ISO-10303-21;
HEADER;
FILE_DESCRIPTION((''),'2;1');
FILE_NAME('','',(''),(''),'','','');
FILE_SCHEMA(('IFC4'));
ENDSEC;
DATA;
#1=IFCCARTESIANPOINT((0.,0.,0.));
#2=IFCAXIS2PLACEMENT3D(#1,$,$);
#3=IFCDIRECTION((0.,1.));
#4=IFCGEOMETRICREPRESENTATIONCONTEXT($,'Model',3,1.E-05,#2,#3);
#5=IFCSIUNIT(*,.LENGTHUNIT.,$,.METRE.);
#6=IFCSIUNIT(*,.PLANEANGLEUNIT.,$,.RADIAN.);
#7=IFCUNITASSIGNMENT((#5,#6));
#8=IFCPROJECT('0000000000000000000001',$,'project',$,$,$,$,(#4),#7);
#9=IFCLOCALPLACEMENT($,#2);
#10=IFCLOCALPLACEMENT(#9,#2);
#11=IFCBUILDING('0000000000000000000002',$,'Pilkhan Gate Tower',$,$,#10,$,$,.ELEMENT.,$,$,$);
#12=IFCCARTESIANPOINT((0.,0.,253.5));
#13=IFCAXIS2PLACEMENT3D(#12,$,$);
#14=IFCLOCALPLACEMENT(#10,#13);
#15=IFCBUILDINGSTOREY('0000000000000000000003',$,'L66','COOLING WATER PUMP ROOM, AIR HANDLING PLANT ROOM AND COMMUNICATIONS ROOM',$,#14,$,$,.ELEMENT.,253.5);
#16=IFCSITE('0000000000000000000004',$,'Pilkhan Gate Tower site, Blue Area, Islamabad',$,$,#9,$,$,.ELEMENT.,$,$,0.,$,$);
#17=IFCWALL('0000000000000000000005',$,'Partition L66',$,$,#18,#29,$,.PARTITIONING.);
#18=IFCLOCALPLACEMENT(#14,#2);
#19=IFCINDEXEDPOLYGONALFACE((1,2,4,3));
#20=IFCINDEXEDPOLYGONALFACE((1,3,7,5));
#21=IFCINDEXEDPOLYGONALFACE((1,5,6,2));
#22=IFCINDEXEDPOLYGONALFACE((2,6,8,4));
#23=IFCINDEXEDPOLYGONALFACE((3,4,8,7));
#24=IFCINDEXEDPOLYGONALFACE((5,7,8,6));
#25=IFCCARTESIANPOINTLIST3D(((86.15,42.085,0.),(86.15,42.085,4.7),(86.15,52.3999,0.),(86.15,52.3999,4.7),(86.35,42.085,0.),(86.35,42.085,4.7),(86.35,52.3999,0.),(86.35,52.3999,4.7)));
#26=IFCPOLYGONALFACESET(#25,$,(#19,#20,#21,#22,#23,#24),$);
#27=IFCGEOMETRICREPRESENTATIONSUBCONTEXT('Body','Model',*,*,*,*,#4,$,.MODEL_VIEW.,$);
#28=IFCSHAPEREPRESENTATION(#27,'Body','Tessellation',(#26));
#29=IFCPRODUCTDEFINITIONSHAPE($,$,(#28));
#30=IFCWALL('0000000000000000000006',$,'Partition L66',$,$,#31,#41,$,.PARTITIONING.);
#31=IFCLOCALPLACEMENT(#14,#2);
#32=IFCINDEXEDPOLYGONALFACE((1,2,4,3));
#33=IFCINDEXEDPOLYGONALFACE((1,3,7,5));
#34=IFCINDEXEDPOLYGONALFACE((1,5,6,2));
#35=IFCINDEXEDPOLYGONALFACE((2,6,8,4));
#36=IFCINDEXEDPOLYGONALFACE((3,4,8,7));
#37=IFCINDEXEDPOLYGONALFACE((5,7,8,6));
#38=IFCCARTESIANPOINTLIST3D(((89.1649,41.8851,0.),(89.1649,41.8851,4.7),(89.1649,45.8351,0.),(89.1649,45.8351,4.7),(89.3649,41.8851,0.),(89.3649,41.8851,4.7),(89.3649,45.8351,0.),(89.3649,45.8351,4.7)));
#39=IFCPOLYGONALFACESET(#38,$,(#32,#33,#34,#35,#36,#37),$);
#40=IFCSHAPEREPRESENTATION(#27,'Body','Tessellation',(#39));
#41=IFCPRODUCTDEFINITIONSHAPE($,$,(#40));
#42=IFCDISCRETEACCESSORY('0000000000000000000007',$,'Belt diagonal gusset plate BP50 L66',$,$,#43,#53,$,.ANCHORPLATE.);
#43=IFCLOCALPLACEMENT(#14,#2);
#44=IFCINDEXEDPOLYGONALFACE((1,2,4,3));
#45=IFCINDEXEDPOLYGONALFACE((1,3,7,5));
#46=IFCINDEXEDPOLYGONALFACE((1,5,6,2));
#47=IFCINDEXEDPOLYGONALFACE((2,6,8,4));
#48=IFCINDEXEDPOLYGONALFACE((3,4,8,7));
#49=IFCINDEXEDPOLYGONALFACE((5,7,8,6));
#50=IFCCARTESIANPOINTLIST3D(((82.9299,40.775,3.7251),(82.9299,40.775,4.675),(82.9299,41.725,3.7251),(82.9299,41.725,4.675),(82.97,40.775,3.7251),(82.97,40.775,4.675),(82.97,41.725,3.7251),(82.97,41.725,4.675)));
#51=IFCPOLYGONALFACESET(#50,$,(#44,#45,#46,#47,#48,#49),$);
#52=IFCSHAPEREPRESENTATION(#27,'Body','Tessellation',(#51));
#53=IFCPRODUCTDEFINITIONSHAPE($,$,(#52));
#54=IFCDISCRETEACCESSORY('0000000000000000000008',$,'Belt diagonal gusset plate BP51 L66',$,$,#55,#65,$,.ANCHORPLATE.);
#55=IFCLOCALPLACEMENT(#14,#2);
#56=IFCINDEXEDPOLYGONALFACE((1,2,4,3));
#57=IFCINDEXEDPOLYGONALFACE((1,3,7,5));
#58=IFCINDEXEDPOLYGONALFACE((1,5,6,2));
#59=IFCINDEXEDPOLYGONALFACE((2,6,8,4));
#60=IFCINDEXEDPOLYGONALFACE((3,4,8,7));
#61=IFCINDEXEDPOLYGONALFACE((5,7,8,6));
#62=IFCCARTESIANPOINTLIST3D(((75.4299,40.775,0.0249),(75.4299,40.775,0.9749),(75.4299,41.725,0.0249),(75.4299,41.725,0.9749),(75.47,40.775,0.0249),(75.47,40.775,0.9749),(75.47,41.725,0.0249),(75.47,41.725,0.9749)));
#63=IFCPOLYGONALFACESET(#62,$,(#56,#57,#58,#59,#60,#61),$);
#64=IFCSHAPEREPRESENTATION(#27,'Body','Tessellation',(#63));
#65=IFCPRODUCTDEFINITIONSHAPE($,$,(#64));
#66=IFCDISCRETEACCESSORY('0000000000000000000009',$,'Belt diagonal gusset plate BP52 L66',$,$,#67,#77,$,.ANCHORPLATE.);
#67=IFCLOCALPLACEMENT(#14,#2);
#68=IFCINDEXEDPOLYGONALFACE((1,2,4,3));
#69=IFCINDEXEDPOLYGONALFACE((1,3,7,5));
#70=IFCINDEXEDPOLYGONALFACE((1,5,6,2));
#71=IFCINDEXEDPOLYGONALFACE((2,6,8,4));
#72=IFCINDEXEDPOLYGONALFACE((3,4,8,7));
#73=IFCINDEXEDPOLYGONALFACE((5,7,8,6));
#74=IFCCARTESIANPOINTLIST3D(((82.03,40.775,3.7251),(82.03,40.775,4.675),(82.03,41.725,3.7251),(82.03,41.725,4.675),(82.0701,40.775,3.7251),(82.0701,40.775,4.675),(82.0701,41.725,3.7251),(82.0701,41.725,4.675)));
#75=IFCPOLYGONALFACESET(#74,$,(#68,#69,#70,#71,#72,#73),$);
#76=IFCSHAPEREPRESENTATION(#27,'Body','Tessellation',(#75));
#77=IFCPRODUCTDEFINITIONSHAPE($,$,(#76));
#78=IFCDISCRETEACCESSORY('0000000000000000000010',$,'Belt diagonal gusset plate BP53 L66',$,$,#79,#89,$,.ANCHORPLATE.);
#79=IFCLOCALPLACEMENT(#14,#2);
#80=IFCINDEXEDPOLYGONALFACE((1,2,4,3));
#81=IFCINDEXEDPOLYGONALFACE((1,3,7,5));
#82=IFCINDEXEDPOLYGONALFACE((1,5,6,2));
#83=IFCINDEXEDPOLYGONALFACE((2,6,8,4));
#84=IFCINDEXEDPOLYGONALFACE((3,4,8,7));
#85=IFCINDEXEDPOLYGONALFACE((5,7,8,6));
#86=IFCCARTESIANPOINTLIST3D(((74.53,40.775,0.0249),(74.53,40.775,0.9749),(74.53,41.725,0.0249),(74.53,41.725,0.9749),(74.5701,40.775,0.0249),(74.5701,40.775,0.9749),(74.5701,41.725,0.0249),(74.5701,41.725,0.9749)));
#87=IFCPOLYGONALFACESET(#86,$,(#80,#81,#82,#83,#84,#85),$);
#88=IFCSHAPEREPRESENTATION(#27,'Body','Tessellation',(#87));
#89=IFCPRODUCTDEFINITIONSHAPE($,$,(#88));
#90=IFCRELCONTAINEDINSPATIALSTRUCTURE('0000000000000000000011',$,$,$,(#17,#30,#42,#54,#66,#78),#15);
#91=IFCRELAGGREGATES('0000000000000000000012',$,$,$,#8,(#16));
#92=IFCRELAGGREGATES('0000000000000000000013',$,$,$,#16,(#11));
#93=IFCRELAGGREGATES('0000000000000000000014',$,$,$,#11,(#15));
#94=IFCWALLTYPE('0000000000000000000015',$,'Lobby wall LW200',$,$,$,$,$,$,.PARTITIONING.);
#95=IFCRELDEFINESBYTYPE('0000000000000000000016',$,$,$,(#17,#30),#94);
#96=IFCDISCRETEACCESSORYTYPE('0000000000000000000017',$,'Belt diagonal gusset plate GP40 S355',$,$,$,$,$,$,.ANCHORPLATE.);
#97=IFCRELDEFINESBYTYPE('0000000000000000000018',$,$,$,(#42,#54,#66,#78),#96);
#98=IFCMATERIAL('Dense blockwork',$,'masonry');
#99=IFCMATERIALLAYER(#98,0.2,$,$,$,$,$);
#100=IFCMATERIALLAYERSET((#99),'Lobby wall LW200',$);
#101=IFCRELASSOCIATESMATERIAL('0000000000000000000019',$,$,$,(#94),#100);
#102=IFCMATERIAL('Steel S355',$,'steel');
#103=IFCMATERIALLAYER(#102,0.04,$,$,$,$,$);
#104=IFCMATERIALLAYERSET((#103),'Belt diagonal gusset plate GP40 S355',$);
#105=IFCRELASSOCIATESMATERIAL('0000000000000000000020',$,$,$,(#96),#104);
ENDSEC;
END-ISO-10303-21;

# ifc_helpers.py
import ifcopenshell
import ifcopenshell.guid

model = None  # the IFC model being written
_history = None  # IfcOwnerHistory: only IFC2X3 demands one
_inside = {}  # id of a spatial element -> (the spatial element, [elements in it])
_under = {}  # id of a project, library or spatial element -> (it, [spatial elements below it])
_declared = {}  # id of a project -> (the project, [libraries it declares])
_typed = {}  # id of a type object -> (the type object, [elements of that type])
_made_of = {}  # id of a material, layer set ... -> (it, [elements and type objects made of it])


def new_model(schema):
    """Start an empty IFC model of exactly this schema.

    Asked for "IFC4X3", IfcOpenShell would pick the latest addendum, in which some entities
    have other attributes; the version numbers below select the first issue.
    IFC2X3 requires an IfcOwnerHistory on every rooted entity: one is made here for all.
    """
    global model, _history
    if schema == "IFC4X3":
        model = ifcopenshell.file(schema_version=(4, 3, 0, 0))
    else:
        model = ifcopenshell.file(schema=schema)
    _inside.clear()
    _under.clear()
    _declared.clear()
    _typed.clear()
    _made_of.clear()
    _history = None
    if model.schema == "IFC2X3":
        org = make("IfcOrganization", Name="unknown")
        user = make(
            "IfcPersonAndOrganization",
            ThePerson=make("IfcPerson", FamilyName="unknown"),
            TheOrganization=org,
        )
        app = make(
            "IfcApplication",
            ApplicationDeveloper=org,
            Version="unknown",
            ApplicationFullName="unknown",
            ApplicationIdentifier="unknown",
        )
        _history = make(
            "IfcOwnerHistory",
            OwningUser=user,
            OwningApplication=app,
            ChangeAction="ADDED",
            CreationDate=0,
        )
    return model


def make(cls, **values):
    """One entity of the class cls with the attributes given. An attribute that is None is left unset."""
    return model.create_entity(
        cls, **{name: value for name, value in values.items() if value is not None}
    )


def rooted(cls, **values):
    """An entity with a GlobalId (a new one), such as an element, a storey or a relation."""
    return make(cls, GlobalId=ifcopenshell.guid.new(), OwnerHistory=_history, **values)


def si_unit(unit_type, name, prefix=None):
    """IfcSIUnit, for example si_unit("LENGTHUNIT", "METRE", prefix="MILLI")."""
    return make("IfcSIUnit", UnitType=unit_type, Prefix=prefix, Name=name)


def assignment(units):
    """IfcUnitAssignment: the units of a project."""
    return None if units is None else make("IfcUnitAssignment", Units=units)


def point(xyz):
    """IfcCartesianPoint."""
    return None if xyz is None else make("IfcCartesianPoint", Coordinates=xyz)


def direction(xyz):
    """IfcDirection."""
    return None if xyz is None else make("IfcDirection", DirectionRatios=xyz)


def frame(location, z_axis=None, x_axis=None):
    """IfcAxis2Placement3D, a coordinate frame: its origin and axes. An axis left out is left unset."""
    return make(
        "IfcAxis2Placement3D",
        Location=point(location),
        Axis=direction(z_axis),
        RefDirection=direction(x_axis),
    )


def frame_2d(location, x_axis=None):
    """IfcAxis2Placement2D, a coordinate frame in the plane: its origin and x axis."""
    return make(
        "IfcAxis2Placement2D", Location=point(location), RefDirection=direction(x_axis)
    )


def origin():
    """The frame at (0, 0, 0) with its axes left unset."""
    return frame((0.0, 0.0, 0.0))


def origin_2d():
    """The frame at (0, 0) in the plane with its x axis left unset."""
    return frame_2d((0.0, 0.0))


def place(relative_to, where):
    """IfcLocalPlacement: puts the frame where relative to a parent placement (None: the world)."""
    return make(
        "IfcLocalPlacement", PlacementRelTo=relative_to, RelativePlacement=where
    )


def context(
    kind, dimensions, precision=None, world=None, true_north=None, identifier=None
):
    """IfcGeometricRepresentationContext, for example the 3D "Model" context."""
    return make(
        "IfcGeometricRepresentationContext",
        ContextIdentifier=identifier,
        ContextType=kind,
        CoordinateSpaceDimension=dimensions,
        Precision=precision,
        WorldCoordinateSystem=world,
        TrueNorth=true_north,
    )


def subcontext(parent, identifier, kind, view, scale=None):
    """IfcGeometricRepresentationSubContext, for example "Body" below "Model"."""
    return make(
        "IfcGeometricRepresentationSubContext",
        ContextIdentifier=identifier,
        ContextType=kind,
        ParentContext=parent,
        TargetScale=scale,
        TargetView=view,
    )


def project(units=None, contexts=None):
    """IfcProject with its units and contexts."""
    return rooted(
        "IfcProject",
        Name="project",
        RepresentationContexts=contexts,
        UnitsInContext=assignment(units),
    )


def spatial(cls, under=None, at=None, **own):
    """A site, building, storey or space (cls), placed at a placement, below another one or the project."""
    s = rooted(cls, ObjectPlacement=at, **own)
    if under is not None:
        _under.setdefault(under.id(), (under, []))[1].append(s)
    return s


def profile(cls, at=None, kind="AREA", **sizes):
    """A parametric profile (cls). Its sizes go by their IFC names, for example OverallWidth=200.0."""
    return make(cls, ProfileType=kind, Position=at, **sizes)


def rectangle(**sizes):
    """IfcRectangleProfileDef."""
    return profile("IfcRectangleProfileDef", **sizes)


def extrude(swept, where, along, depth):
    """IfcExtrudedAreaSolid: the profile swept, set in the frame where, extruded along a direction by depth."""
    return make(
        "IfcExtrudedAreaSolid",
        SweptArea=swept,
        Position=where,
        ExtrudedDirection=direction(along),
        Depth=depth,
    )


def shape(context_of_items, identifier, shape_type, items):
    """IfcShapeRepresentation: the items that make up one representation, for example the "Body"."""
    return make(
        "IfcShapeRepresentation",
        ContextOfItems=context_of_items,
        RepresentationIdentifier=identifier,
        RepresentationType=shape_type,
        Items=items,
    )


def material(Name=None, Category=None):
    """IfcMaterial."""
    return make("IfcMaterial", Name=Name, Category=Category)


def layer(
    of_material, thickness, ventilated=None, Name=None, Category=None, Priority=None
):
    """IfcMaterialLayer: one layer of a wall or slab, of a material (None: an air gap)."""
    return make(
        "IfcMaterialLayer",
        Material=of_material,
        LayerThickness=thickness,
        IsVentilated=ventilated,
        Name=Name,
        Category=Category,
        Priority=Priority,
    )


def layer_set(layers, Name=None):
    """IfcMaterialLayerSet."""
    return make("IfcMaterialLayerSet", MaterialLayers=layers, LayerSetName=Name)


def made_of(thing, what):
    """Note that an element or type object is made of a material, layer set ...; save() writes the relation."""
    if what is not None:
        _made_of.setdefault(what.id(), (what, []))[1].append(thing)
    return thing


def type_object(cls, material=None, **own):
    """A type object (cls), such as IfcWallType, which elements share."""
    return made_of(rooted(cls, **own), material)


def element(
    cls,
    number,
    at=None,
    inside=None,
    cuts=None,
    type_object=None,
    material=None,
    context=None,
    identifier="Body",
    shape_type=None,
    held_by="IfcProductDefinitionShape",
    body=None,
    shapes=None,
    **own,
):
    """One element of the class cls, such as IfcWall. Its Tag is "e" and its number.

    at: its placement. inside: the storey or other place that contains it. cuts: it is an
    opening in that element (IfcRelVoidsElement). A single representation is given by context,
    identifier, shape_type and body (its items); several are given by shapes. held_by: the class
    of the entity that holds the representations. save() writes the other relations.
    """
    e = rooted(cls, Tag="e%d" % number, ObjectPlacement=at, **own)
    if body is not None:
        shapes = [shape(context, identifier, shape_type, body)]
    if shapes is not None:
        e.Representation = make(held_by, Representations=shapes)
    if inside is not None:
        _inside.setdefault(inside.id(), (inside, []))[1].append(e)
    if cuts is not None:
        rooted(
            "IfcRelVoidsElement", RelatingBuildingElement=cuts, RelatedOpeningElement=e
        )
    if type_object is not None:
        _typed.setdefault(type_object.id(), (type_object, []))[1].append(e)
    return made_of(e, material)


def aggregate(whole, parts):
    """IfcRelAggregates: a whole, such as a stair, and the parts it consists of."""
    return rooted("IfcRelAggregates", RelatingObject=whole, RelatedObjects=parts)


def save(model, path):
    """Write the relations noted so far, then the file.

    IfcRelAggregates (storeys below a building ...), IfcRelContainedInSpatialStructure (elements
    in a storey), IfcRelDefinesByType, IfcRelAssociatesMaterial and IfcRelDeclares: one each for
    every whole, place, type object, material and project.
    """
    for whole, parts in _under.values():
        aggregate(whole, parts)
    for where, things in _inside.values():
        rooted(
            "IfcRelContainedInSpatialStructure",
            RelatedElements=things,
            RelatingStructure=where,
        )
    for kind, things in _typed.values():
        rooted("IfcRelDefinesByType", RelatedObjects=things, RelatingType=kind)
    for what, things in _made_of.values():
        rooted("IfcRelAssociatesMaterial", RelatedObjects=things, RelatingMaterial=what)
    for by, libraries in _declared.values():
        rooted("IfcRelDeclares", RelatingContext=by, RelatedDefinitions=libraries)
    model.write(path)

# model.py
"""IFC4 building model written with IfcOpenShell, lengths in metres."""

from ifc_helpers import new_model, si_unit, direction, frame, frame_2d, origin, origin_2d, place, context, subcontext, project, spatial, rectangle, extrude, material, layer, layer_set, type_object, element, save


model = new_model("IFC4")

# Units and contexts
model_context = context("Model", 3, precision=1e-05, world=origin(), true_north=direction((0.0, 1.0)))
body_context = subcontext(model_context, "Body", "Model", "MODEL_VIEW")
ifc_project = project(units=[si_unit("LENGTHUNIT", "METRE"), si_unit("PLANEANGLEUNIT", "RADIAN")], contexts=[model_context])

# Site, building, storey
site_placement = place(None, origin())
site = spatial("IfcSite", under=ifc_project, at=site_placement, Name="Pilkhan Gate Tower site, Blue Area, Islamabad", CompositionType="ELEMENT", RefElevation=0.0)
building_placement = place(site_placement, origin())
building = spatial("IfcBuilding", under=site, at=building_placement, Name="Pilkhan Gate Tower", CompositionType="ELEMENT")
storey_placement = place(building_placement, frame((0.0, 0.0, 253.5)))
storey = spatial("IfcBuildingStorey", under=building, at=storey_placement, Name="L66", Description="COOLING WATER PUMP ROOM, AIR HANDLING PLANT ROOM AND COMMUNICATIONS ROOM", CompositionType="ELEMENT", Elevation=253.5)

# Walls
ifc_material_1 = material(Name="Dense blockwork", Category="masonry")
ifc_layer_1 = layer(ifc_material_1, 0.2)
ifc_layer_set_1 = layer_set([ifc_layer_1], Name="Lobby wall LW200")
wall_type = type_object("IfcWallType", Name="Lobby wall LW200", PredefinedType="PARTITIONING", material=ifc_layer_set_1)
wall_1_placement = place(storey_placement, frame((86.25, 42.085, 0.0), z_axis=(0.0, 0.0, 1.0), x_axis=(0.0, 1.0, 0.0)))
element("IfcWall", 1, at=wall_1_placement, inside=storey, type_object=wall_type, Name="Partition L66", PredefinedType="PARTITIONING", context=body_context, shape_type="SweptSolid", body=[
    extrude(rectangle(XDim=10.3149, YDim=0.2, at=frame_2d((5.1575, 0.0))), origin(), (0.0, 0.0, 1.0), 4.7),
])
wall_2_placement = place(storey_placement, frame((89.2649, 41.885, 0.0), z_axis=(0.0, 0.0, 1.0), x_axis=(0.0, 1.0, 0.0)))
element("IfcWall", 2, at=wall_2_placement, inside=storey, type_object=wall_type, Name="Partition L66", PredefinedType="PARTITIONING", context=body_context, shape_type="SweptSolid", body=[
    extrude(rectangle(XDim=3.95, YDim=0.2, at=frame_2d((1.9751, 0.0))), origin(), (0.0, 0.0, 1.0), 4.7),
])

# Discrete accessories
ifc_material_2 = material(Name="Steel S355", Category="steel")
ifc_layer_2 = layer(ifc_material_2, 0.04)
ifc_layer_set_2 = layer_set([ifc_layer_2], Name="Belt diagonal gusset plate GP40 S355")
discrete_accessory_type = type_object("IfcDiscreteAccessoryType", Name="Belt diagonal gusset plate GP40 S355", PredefinedType="ANCHORPLATE", material=ifc_layer_set_2)
for number, where, z_axis, x_axis, name in (
    (3, (82.95, 41.25, 3.7251), (0.0, 0.0, 1.0), (1.0, 0.0, 0.0), "Belt diagonal gusset plate BP50 L66"),
    (4, (75.45, 41.25, 0.0249), (0.0, 0.0, 1.0), (1.0, 0.0, 0.0), "Belt diagonal gusset plate BP51 L66"),
    (5, (82.05, 41.25, 3.7251), (0.0, 0.0, 1.0), (1.0, 0.0, 0.0), "Belt diagonal gusset plate BP52 L66"),
    (6, (74.55, 41.25, 0.0249), (0.0, 0.0, 1.0), (1.0, 0.0, 0.0), "Belt diagonal gusset plate BP53 L66"),
):
    element("IfcDiscreteAccessory", number, at=place(storey_placement, frame(where, z_axis=z_axis, x_axis=x_axis)), inside=storey, type_object=discrete_accessory_type, Name=name, PredefinedType="ANCHORPLATE", context=body_context, shape_type="SweptSolid", body=[
        extrude(rectangle(XDim=0.04, YDim=0.95, at=origin_2d()), origin(), (0.0, 0.0, 1.0), 0.95),
    ])

save(model, "model.ifc")
